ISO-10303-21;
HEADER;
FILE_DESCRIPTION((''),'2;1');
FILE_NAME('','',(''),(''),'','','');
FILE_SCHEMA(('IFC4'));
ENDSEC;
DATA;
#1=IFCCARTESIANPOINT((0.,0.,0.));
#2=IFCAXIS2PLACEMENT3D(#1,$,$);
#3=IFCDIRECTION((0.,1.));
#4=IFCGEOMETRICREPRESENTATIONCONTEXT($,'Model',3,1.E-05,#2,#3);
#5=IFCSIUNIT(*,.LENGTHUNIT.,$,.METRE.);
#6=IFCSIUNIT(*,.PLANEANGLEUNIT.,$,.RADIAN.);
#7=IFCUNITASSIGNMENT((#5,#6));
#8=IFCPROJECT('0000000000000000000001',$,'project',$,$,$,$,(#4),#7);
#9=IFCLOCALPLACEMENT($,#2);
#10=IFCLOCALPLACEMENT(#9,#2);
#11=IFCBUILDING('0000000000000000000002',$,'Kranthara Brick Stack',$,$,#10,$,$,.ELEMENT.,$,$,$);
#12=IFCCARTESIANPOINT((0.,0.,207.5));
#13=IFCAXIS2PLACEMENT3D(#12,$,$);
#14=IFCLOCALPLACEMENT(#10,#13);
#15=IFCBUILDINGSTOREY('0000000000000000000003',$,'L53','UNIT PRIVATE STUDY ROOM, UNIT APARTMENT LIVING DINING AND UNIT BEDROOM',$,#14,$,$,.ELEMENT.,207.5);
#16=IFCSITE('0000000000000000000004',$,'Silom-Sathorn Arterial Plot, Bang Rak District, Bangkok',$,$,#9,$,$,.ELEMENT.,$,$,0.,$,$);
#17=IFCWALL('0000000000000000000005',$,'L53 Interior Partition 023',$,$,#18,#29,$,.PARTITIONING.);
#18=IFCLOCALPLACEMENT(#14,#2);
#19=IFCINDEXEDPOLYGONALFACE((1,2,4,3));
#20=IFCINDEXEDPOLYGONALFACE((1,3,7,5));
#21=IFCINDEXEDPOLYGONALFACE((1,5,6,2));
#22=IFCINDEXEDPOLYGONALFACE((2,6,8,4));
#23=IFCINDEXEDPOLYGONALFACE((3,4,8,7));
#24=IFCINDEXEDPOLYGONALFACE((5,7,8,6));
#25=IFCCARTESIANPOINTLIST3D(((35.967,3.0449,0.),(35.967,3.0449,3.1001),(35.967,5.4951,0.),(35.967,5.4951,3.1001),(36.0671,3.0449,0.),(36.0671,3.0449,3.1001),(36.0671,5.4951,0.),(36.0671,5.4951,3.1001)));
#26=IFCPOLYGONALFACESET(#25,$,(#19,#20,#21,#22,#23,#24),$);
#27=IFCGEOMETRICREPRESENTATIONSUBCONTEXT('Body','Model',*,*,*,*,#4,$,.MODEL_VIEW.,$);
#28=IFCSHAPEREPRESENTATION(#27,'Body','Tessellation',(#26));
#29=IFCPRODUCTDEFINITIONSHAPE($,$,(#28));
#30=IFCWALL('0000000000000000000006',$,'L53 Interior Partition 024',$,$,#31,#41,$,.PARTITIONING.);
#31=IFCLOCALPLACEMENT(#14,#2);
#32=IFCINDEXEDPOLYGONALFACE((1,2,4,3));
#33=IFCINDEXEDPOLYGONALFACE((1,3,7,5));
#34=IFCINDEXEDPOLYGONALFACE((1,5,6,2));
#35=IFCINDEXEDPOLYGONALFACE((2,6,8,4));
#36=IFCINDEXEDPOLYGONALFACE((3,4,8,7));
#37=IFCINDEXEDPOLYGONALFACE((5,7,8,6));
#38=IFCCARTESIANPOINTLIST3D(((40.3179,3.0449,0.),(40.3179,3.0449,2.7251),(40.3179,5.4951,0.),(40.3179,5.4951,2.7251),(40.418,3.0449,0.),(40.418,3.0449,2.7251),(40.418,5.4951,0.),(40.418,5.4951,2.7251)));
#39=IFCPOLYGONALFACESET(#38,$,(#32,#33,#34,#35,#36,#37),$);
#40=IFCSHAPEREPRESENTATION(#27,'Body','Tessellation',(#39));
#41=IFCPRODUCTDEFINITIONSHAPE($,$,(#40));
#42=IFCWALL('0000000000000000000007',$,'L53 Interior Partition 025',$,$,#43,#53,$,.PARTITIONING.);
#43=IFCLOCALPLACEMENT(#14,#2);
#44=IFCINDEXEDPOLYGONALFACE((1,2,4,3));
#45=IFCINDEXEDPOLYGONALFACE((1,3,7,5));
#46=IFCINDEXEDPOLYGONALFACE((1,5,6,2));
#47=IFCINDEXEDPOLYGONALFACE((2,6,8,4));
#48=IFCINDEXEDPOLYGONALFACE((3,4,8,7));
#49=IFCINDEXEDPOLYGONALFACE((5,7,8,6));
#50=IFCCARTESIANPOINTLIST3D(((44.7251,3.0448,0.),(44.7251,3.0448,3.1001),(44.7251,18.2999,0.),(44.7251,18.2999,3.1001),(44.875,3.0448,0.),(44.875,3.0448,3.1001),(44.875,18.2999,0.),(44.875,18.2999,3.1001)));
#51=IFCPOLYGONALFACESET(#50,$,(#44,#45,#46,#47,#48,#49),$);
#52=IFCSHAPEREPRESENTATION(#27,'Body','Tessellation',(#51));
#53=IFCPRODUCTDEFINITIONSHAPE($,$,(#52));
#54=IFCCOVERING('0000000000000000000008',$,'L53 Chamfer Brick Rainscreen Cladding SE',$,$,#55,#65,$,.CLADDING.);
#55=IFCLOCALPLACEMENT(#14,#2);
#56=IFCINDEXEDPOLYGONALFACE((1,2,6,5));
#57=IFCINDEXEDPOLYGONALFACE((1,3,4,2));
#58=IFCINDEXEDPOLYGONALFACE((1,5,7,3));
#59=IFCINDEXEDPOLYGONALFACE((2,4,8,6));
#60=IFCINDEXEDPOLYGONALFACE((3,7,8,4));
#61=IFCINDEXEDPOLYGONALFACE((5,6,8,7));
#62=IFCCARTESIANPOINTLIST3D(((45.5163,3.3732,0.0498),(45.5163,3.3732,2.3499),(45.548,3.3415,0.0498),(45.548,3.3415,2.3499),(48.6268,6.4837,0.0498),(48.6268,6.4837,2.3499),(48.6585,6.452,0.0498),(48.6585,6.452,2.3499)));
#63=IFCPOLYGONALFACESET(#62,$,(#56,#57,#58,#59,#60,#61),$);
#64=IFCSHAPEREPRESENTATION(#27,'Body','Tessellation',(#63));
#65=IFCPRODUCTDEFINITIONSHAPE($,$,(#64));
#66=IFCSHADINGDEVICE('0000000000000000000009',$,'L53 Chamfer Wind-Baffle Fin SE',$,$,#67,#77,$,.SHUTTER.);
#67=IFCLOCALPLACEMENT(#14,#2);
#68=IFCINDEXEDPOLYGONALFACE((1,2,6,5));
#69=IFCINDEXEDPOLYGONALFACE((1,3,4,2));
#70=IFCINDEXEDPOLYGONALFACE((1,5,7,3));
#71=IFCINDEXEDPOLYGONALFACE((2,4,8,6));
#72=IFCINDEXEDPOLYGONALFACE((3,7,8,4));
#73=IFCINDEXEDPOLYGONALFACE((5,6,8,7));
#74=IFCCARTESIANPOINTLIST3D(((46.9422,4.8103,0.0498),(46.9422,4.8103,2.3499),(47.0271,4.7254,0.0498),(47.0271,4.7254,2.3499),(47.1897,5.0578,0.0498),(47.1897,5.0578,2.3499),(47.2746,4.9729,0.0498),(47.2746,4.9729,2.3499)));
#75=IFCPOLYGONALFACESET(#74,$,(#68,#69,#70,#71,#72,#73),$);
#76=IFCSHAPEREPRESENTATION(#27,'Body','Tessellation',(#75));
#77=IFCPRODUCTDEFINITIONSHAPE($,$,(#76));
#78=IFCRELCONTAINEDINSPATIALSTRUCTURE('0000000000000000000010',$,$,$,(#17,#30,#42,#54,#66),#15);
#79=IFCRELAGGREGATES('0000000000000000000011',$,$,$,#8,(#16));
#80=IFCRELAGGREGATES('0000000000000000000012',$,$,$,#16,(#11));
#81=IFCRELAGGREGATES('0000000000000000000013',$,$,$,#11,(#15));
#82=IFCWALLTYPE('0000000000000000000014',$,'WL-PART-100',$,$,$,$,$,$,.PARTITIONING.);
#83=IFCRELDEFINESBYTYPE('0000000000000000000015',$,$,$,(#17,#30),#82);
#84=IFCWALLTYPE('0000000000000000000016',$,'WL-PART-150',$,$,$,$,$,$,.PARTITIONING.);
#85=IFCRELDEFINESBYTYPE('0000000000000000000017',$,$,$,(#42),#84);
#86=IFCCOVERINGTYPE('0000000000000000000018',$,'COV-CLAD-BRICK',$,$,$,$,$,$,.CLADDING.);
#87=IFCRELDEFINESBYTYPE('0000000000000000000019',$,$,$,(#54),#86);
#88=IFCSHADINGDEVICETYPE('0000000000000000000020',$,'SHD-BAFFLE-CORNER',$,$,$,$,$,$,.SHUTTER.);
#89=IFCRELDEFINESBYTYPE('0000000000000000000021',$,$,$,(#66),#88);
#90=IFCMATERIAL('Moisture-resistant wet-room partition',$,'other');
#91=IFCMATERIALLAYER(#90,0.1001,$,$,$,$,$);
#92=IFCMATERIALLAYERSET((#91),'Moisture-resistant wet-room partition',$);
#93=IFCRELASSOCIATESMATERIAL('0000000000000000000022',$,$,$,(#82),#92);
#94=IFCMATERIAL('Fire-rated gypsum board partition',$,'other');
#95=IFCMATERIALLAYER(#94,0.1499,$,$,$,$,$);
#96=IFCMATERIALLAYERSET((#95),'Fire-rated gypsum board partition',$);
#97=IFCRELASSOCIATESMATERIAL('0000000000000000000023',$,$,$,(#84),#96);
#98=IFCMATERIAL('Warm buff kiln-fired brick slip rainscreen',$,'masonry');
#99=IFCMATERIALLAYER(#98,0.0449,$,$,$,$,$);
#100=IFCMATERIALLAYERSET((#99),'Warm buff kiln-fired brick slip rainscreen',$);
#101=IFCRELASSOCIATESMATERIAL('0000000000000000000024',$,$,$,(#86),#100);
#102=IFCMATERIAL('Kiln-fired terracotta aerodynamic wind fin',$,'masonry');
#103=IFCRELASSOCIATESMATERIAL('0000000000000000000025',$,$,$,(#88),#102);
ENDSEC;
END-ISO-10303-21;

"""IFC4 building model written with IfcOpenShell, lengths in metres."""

from ifc_helpers import new_model, si_unit, direction, frame, frame_2d, origin, origin_2d, place, context, subcontext, project, spatial, rectangle, extrude, material, layer, layer_set, type_object, element, save


model = new_model("IFC4")

# Units and contexts
model_context = context("Model", 3, precision=1e-05, world=origin(), true_north=direction((0.0, 1.0)))
body_context = subcontext(model_context, "Body", "Model", "MODEL_VIEW")
ifc_project = project(units=[si_unit("LENGTHUNIT", "METRE"), si_unit("PLANEANGLEUNIT", "RADIAN")], contexts=[model_context])

# Site, building, storey
site_placement = place(None, origin())
site = spatial("IfcSite", under=ifc_project, at=site_placement, Name="Silom-Sathorn Arterial Plot, Bang Rak District, Bangkok", CompositionType="ELEMENT", RefElevation=0.0)
building_placement = place(site_placement, origin())
building = spatial("IfcBuilding", under=site, at=building_placement, Name="Kranthara Brick Stack", CompositionType="ELEMENT")
storey_placement = place(building_placement, frame((0.0, 0.0, 207.5)))
storey = spatial("IfcBuildingStorey", under=building, at=storey_placement, Name="L53", Description="UNIT PRIVATE STUDY ROOM, UNIT APARTMENT LIVING DINING AND UNIT BEDROOM", CompositionType="ELEMENT", Elevation=207.5)

# Shared definitions
ifc_material_1 = material(Name="Moisture-resistant wet-room partition", Category="other")
ifc_layer_1 = layer(ifc_material_1, 0.1001)
ifc_layer_set_1 = layer_set([ifc_layer_1], Name="Moisture-resistant wet-room partition")
wall_type_1 = type_object("IfcWallType", Name="WL-PART-100", PredefinedType="PARTITIONING", material=ifc_layer_set_1)

# Walls
wall_1_placement = place(storey_placement, frame((36.0171, 3.0449, 0.0), z_axis=(0.0, 0.0, 1.0), x_axis=(0.0, 1.0, 0.0)))
element("IfcWall", 1, at=wall_1_placement, inside=storey, type_object=wall_type_1, Name="L53 Interior Partition 023", PredefinedType="PARTITIONING", context=body_context, shape_type="SweptSolid", body=[
    extrude(rectangle(XDim=2.4502, YDim=0.1001, at=frame_2d((1.2251, 0.0))), origin(), (0.0, 0.0, 1.0), 3.1001),
])
wall_2_placement = place(storey_placement, frame((40.3679, 3.0449, 0.0), z_axis=(0.0, 0.0, 1.0), x_axis=(0.0, 1.0, 0.0)))
element("IfcWall", 2, at=wall_2_placement, inside=storey, type_object=wall_type_1, Name="L53 Interior Partition 024", PredefinedType="PARTITIONING", context=body_context, shape_type="SweptSolid", body=[
    extrude(rectangle(XDim=2.4502, YDim=0.1001, at=frame_2d((1.2251, 0.0))), origin(), (0.0, 0.0, 1.0), 2.7251),
])
ifc_material_2 = material(Name="Fire-rated gypsum board partition", Category="other")
ifc_layer_2 = layer(ifc_material_2, 0.1499)
ifc_layer_set_2 = layer_set([ifc_layer_2], Name="Fire-rated gypsum board partition")
wall_type_2 = type_object("IfcWallType", Name="WL-PART-150", PredefinedType="PARTITIONING", material=ifc_layer_set_2)
wall_3_placement = place(storey_placement, frame((44.8, 3.0449, 0.0), z_axis=(0.0, 0.0, 1.0), x_axis=(0.0, 1.0, 0.0)))
element("IfcWall", 3, at=wall_3_placement, inside=storey, type_object=wall_type_2, Name="L53 Interior Partition 025", PredefinedType="PARTITIONING", context=body_context, shape_type="SweptSolid", body=[
    extrude(rectangle(XDim=15.2551, YDim=0.1499, at=frame_2d((7.6274, 0.0))), origin(), (0.0, 0.0, 1.0), 3.1001),
])

# Covering
ifc_material_3 = material(Name="Warm buff kiln-fired brick slip rainscreen", Category="masonry")
ifc_layer_3 = layer(ifc_material_3, 0.0449)
ifc_layer_set_3 = layer_set([ifc_layer_3], Name="Warm buff kiln-fired brick slip rainscreen")
covering_type = type_object("IfcCoveringType", Name="COV-CLAD-BRICK", PredefinedType="CLADDING", material=ifc_layer_set_3)
covering_placement = place(storey_placement, frame((47.0874, 4.9126, 0.0498), z_axis=(0.0, 0.0, 1.0), x_axis=(-0.707107, -0.707107, 0.0)))
element("IfcCovering", 4, at=covering_placement, inside=storey, type_object=covering_type, Name="L53 Chamfer Brick Rainscreen Cladding SE", PredefinedType="CLADDING", context=body_context, shape_type="SweptSolid", body=[
    extrude(rectangle(XDim=4.3989, YDim=0.0449, at=origin_2d()), origin(), (0.0, 0.0, 1.0), 2.3),
])

# Shading device
ifc_material_4 = material(Name="Kiln-fired terracotta aerodynamic wind fin", Category="masonry")
shading_device_type = type_object("IfcShadingDeviceType", Name="SHD-BAFFLE-CORNER", PredefinedType="SHUTTER", material=ifc_material_4)
shading_device_placement = place(storey_placement, frame((47.1084, 4.8916, 0.0498), z_axis=(0.0, 0.0, 1.0), x_axis=(-0.707107, -0.707107, 0.0)))
element("IfcShadingDevice", 5, at=shading_device_placement, inside=storey, type_object=shading_device_type, Name="L53 Chamfer Wind-Baffle Fin SE", PredefinedType="SHUTTER", context=body_context, shape_type="SweptSolid", body=[
    extrude(rectangle(XDim=0.3501, YDim=0.1201, at=origin_2d()), origin(), (0.0, 0.0, 1.0), 2.3),
])

save(model, "model.ifc")
